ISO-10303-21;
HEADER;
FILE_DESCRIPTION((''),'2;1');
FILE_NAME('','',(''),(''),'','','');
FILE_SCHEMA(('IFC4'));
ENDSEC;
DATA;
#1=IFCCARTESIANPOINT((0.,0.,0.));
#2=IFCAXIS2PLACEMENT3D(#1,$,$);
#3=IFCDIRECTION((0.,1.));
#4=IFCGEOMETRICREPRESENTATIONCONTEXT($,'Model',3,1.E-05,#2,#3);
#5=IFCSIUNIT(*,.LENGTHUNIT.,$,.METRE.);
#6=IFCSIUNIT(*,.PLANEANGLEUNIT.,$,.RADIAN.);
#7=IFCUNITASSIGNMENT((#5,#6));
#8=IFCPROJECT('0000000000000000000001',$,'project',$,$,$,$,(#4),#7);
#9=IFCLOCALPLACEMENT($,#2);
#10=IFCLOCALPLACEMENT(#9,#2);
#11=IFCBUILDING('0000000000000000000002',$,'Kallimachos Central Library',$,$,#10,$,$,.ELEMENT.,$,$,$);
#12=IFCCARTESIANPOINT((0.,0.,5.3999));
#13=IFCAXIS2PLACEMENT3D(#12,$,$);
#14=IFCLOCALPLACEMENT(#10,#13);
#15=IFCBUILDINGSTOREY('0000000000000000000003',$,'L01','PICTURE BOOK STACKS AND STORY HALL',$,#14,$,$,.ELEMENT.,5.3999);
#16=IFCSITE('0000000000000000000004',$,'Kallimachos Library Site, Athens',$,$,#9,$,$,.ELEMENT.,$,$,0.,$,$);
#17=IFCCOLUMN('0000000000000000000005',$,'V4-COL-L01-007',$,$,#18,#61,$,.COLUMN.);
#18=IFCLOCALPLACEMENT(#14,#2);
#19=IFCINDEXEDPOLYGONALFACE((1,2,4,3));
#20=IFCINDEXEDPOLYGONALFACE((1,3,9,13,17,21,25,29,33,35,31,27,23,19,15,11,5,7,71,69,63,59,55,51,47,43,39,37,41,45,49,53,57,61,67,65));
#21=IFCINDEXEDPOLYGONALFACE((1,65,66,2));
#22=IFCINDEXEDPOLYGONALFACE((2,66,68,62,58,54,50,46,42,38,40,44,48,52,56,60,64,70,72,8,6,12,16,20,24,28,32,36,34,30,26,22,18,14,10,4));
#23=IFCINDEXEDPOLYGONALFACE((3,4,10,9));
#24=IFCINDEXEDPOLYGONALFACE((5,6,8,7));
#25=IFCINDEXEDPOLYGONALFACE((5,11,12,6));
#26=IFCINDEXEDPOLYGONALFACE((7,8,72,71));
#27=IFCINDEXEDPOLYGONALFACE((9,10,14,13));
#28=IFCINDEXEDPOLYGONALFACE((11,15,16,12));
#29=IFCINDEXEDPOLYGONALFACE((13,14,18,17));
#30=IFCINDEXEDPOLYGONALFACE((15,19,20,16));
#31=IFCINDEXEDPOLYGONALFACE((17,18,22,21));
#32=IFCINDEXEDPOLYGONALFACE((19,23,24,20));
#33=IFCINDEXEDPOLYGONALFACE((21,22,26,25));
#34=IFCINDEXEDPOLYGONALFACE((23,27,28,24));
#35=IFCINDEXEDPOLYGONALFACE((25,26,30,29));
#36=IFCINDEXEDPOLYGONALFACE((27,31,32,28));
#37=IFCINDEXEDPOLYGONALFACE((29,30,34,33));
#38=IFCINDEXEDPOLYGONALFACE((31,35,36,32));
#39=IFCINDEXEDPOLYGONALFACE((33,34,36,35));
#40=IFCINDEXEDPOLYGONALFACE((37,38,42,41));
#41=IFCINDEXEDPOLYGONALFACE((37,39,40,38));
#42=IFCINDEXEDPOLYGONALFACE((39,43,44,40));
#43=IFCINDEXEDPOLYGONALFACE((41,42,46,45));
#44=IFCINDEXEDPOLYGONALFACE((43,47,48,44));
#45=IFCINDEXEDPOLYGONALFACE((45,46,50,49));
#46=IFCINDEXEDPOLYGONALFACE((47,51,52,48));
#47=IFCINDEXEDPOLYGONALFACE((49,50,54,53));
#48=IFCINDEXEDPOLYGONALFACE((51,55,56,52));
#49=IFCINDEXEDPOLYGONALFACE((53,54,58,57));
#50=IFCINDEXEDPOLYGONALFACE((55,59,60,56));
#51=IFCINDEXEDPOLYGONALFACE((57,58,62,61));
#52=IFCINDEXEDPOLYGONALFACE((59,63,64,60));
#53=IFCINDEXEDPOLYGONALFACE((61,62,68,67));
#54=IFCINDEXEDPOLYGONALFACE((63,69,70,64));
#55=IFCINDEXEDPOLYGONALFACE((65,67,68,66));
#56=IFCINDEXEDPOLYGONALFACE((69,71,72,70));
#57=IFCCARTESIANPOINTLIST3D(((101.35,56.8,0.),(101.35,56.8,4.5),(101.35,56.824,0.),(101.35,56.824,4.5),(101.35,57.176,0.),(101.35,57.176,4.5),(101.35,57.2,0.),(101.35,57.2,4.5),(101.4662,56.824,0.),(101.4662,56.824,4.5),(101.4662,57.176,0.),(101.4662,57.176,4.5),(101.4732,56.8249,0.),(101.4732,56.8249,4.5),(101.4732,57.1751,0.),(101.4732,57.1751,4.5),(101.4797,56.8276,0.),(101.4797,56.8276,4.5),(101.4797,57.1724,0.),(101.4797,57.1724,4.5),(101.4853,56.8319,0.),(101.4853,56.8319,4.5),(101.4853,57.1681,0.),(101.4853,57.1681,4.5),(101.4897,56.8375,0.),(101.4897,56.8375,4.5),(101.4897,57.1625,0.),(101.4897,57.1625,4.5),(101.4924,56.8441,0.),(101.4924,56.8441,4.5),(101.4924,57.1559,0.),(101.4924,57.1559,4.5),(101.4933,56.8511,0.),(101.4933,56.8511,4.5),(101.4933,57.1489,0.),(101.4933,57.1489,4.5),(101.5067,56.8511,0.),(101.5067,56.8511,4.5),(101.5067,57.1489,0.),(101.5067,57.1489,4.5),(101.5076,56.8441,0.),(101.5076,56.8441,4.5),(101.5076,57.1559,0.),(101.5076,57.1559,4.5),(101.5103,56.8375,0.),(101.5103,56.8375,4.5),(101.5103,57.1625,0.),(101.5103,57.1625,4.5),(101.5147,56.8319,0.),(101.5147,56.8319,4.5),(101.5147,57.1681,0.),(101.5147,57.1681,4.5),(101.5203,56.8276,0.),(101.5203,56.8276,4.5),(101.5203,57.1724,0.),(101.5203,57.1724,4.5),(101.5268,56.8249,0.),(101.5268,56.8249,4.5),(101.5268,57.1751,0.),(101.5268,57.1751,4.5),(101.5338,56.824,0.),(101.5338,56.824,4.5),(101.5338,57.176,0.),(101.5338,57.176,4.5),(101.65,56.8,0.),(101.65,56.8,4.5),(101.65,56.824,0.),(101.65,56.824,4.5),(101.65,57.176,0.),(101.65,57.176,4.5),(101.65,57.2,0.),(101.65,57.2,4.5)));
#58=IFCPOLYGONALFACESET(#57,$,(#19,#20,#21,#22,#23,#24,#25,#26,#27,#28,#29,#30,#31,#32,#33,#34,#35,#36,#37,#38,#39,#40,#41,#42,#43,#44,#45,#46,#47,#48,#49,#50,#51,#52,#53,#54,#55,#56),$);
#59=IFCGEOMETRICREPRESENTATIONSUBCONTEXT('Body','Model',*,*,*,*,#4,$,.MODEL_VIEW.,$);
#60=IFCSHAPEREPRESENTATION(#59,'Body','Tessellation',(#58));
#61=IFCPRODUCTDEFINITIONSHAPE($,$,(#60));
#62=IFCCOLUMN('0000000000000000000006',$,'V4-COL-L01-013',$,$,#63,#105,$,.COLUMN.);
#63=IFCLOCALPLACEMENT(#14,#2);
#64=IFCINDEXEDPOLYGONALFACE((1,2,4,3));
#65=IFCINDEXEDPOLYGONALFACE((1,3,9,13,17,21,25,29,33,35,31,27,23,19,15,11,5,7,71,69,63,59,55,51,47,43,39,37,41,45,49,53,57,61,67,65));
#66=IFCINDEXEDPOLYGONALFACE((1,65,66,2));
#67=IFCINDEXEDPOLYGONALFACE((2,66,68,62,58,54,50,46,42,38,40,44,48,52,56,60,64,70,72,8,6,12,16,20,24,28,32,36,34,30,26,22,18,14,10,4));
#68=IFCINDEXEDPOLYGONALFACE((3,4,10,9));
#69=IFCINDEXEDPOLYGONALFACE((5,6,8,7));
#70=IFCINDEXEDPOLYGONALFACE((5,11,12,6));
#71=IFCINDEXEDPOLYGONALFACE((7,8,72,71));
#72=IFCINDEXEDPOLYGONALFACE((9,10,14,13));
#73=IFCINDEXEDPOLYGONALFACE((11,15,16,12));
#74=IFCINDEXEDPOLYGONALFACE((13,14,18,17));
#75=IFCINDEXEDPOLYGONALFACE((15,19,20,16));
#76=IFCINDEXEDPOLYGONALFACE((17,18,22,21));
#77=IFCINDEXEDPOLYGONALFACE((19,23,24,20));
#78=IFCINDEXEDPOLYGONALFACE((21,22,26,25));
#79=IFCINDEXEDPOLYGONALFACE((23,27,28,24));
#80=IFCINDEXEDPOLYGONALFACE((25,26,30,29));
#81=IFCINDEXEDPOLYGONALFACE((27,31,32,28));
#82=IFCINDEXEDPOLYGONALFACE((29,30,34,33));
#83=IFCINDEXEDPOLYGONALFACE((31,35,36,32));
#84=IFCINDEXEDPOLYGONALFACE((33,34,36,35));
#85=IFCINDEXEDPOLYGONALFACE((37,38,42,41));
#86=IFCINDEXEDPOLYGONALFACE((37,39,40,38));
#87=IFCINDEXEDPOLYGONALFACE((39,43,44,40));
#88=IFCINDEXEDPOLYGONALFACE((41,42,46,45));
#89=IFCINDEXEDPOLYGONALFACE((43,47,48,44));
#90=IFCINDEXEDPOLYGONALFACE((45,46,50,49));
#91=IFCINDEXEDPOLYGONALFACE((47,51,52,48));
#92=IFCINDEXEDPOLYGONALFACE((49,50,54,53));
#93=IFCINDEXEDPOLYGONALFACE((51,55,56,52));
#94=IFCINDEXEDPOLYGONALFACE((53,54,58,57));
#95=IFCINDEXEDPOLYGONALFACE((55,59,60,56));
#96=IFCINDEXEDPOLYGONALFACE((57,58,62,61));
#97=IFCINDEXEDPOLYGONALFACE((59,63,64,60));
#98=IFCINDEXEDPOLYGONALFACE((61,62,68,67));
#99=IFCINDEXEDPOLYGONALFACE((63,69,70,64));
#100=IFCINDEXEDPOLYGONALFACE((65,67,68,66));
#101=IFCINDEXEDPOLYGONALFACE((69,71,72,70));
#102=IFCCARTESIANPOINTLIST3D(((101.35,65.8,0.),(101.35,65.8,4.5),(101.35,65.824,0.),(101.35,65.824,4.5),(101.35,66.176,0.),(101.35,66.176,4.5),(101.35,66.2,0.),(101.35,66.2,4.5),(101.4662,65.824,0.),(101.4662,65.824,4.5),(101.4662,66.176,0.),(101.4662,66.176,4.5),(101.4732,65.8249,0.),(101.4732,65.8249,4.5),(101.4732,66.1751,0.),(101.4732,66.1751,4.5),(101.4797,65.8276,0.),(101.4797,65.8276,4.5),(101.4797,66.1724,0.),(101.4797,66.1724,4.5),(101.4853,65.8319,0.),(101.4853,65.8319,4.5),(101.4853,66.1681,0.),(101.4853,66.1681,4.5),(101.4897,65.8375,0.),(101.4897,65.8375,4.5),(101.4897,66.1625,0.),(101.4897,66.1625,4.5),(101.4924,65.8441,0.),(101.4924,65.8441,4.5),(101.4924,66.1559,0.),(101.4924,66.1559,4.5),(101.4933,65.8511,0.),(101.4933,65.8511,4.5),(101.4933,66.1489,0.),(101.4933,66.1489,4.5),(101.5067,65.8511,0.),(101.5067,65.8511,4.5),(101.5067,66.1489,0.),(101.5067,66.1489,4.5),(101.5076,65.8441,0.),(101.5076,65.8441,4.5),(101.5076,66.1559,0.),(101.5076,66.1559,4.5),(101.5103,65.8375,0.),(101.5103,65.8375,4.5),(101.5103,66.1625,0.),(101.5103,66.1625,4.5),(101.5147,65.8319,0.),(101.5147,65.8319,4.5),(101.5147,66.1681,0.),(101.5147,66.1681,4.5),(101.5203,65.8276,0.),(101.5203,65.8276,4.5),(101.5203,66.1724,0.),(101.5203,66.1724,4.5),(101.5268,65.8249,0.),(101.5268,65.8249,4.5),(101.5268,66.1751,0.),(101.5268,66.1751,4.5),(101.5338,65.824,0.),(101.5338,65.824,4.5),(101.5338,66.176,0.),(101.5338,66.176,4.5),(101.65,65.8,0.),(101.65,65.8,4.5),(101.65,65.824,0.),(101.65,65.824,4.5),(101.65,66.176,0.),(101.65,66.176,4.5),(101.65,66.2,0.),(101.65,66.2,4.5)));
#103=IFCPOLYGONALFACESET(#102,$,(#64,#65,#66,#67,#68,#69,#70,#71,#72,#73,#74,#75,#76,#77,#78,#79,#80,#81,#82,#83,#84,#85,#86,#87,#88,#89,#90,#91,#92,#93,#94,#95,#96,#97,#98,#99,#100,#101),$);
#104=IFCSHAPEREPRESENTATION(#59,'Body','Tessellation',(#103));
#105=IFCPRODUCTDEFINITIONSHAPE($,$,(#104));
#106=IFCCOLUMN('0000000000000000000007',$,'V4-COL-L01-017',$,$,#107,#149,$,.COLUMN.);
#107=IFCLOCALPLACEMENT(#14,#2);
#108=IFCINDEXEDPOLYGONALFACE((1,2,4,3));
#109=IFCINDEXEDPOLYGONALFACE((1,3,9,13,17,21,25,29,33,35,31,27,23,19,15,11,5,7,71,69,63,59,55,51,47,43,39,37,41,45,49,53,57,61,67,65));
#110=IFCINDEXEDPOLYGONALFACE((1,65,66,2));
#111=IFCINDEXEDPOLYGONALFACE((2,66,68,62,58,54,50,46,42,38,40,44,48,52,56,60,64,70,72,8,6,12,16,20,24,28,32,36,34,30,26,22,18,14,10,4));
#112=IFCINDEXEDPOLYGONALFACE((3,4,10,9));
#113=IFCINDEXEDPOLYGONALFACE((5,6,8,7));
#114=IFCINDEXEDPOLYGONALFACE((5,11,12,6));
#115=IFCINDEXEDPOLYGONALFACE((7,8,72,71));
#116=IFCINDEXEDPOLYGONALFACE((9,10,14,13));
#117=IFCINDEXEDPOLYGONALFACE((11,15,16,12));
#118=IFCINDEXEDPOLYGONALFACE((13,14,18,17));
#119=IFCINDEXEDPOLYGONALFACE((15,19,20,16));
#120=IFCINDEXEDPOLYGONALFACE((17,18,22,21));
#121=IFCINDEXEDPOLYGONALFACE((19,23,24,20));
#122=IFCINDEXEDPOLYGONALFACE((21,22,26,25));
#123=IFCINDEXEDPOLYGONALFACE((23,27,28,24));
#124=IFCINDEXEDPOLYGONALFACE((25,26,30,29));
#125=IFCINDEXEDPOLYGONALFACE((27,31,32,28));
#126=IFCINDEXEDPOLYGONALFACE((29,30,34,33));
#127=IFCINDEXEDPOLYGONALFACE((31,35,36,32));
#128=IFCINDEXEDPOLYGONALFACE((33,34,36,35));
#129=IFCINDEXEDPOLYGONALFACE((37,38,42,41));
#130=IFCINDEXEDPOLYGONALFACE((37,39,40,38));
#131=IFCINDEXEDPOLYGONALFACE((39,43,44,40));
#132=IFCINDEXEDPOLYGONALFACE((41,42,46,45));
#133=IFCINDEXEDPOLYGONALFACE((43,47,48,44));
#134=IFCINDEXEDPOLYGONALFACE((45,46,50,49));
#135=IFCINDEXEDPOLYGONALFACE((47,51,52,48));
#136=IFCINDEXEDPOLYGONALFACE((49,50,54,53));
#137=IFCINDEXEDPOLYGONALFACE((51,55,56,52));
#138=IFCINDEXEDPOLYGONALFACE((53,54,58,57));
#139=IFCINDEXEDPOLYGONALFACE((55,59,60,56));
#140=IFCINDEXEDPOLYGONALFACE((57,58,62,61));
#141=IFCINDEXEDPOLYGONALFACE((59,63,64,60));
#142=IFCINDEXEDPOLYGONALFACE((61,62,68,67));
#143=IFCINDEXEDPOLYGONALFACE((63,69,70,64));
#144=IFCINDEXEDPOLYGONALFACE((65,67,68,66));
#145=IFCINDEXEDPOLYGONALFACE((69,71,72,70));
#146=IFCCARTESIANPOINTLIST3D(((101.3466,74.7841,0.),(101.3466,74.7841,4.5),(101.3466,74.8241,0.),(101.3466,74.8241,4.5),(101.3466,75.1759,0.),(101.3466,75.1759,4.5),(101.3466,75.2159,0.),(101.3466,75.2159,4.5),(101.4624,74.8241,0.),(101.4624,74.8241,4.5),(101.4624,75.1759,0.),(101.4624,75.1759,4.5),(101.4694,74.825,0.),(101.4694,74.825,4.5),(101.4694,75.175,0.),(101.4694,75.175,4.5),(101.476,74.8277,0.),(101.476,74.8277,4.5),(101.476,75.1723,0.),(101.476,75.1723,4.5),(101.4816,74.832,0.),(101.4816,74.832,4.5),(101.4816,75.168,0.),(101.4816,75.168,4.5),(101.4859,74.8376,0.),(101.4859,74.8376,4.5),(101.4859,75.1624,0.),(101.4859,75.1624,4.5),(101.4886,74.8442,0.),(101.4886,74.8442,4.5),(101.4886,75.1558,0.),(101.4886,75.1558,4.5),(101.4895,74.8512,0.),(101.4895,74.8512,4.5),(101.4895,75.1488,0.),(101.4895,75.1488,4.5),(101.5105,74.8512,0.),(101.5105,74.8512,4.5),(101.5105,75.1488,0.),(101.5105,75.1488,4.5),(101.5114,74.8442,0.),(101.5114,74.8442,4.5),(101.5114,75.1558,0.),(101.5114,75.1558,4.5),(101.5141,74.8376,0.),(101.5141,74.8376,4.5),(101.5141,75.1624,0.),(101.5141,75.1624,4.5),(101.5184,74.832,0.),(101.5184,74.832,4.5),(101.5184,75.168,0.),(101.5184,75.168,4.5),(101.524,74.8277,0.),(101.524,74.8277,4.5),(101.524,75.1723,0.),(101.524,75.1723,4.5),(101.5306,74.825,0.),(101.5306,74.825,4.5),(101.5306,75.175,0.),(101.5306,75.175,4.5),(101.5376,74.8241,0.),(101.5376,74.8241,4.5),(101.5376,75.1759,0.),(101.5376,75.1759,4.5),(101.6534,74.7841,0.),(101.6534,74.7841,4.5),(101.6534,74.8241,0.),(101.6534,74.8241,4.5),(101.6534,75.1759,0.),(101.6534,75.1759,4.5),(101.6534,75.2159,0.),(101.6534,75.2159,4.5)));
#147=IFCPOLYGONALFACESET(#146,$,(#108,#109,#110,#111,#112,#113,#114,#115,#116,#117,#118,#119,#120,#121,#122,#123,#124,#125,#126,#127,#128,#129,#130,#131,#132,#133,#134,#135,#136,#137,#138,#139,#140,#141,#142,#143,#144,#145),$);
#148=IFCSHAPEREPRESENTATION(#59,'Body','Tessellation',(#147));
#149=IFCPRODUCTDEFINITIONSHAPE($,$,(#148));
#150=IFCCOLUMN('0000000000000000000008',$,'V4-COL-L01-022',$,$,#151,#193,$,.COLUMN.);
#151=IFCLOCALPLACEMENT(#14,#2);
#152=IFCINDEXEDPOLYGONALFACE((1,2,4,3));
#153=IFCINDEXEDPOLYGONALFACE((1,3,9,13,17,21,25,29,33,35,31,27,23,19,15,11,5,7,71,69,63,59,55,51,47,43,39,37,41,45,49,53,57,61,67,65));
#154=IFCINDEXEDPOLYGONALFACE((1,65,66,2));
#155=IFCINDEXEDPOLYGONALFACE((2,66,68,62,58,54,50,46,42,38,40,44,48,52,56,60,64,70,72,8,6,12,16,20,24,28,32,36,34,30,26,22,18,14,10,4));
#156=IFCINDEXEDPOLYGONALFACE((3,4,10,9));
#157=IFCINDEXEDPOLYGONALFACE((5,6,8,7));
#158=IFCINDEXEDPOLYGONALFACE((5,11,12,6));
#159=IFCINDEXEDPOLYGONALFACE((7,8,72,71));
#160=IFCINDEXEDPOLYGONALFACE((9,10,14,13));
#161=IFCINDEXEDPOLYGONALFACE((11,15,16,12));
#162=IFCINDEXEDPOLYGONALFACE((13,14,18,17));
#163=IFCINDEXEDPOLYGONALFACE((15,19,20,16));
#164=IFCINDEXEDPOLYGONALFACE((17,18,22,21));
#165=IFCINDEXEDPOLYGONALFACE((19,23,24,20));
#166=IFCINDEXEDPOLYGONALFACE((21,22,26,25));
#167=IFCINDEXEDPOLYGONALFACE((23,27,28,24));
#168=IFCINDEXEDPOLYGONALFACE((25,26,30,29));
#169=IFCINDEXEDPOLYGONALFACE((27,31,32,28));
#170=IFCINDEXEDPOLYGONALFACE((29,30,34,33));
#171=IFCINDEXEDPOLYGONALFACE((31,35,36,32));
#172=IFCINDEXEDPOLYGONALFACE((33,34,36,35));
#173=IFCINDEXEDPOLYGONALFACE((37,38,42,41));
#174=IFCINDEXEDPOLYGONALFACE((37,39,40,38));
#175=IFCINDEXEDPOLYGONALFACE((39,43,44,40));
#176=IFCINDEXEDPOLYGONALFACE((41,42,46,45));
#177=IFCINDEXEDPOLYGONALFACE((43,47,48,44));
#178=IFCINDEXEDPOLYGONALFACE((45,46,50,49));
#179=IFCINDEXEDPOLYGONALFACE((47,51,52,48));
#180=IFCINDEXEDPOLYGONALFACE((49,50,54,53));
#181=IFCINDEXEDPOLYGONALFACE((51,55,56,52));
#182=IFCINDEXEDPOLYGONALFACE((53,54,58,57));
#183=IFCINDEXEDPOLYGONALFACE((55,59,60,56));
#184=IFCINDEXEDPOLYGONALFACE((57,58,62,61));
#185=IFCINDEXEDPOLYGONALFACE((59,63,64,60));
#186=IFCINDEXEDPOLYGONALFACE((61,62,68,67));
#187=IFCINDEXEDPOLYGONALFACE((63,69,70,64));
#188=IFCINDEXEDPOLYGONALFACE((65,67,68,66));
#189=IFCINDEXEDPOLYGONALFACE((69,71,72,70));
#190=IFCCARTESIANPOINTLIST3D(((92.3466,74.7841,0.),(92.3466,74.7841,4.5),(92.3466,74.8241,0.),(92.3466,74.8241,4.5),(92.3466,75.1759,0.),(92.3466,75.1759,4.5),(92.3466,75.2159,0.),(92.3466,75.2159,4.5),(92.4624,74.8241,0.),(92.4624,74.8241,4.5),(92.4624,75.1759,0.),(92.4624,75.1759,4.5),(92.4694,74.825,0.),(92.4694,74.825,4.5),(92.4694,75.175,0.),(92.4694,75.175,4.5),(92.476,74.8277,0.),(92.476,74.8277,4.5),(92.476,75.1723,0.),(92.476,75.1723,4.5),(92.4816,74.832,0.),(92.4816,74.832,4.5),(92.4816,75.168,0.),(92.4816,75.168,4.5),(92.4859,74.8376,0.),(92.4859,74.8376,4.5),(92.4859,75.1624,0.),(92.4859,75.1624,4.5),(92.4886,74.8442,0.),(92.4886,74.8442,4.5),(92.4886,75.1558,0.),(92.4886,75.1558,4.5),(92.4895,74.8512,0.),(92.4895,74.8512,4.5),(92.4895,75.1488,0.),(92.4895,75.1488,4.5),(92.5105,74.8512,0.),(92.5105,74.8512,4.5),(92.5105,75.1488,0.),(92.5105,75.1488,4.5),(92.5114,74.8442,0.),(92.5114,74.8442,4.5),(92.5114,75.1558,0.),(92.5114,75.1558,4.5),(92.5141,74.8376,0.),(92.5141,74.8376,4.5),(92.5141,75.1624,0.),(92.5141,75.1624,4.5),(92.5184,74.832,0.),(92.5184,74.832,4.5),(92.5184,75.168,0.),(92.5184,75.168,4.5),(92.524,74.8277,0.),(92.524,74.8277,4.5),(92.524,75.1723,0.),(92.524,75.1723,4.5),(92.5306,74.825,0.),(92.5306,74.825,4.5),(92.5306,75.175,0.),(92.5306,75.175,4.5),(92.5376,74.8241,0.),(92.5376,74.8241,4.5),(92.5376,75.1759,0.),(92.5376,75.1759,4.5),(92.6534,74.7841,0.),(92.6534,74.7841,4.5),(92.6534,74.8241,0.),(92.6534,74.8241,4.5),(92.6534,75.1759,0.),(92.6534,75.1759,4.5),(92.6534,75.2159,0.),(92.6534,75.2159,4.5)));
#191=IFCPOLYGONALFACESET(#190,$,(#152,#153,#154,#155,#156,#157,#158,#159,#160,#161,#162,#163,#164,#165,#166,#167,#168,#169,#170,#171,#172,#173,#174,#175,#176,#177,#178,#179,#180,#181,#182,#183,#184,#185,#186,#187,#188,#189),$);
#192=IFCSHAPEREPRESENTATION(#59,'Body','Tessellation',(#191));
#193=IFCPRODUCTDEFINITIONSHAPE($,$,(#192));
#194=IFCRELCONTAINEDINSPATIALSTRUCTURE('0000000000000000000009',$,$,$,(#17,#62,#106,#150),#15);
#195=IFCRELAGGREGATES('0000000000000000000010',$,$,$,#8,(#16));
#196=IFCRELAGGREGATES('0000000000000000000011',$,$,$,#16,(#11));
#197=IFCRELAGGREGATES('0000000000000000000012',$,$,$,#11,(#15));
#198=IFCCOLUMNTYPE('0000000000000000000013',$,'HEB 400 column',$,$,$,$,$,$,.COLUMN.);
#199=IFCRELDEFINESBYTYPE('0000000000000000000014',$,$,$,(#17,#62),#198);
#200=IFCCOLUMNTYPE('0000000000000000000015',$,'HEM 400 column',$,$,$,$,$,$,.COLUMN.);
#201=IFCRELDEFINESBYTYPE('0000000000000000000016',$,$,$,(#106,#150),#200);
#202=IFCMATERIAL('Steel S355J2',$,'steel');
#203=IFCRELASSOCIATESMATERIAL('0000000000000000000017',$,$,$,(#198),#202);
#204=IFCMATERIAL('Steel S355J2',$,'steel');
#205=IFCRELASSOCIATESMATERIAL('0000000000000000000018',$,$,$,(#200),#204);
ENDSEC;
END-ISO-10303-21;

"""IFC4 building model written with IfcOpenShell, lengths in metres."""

from ifc_helpers import new_model, si_unit, direction, frame, origin, origin_2d, place, context, subcontext, project, spatial, i_section, extrude, material, material_profile, profile_set, type_object, element, save


model = new_model("IFC4")

# Units and contexts
model_context = context("Model", 3, precision=1e-05, world=origin(), true_north=direction((0.0, 1.0)))
body_context = subcontext(model_context, "Body", "Model", "MODEL_VIEW")
ifc_project = project(units=[si_unit("LENGTHUNIT", "METRE"), si_unit("PLANEANGLEUNIT", "RADIAN")], contexts=[model_context])

# Site, building, storey
site_placement = place(None, origin())
site = spatial("IfcSite", under=ifc_project, at=site_placement, Name="Kallimachos Library Site, Athens", CompositionType="ELEMENT", RefElevation=0.0)
building_placement = place(site_placement, origin())
building = spatial("IfcBuilding", under=site, at=building_placement, Name="Kallimachos Central Library", CompositionType="ELEMENT")
storey_placement = place(building_placement, frame((0.0, 0.0, 5.3999)))
storey = spatial("IfcBuildingStorey", under=building, at=storey_placement, Name="L01", Description="PICTURE BOOK STACKS AND STORY HALL", CompositionType="ELEMENT", Elevation=5.3999)

# Columns
ifc_material_1 = material(Name="Steel S355J2", Category="steel")
ifc_material_profile_1 = material_profile(ifc_material_1, i_section(OverallWidth=0.3, OverallDepth=0.3999, WebThickness=0.0134, FlangeThickness=0.0239, FilletRadius=0.0271, at=origin_2d()), Name="HEB 400")
ifc_profile_set_1 = profile_set([ifc_material_profile_1], Name="Steel S355J2")
column_type_1 = type_object("IfcColumnType", Name="HEB 400 column", PredefinedType="COLUMN", material=ifc_profile_set_1)
for number, where, z_axis, x_axis, name in (
    (1, (101.5, 57.0, 0.0), (0.0, 0.0, 1.0), (1.0, 0.0, 0.0), "V4-COL-L01-007"),
    (2, (101.5, 66.0, 0.0), (0.0, 0.0, 1.0), (1.0, 0.0, 0.0), "V4-COL-L01-013"),
):
    element("IfcColumn", number, at=place(storey_placement, frame(where, z_axis=z_axis, x_axis=x_axis)), inside=storey, type_object=column_type_1, Name=name, PredefinedType="COLUMN", context=body_context, shape_type="SweptSolid", body=[
        extrude(i_section(OverallWidth=0.3, OverallDepth=0.3999, WebThickness=0.0134, FlangeThickness=0.0239, FilletRadius=0.0271, at=origin_2d()), origin(), (0.0, 0.0, 1.0), 4.5),
    ])
ifc_material_2 = material(Name="Steel S355J2", Category="steel")
ifc_material_profile_2 = material_profile(ifc_material_2, i_section(OverallWidth=0.3069, OverallDepth=0.4319, WebThickness=0.021, FlangeThickness=0.04, FilletRadius=0.0271, at=origin_2d()), Name="HEM 400")
ifc_profile_set_2 = profile_set([ifc_material_profile_2], Name="Steel S355J2")
column_type_2 = type_object("IfcColumnType", Name="HEM 400 column", PredefinedType="COLUMN", material=ifc_profile_set_2)
for number, where, z_axis, x_axis, name in (
    (3, (101.5, 75.0, 0.0), (0.0, 0.0, 1.0), (1.0, 0.0, 0.0), "V4-COL-L01-017"),
    (4, (92.5, 75.0, 0.0), (0.0, 0.0, 1.0), (1.0, 0.0, 0.0), "V4-COL-L01-022"),
):
    element("IfcColumn", number, at=place(storey_placement, frame(where, z_axis=z_axis, x_axis=x_axis)), inside=storey, type_object=column_type_2, Name=name, PredefinedType="COLUMN", context=body_context, shape_type="SweptSolid", body=[
        extrude(i_section(OverallWidth=0.3069, OverallDepth=0.4319, WebThickness=0.021, FlangeThickness=0.04, FilletRadius=0.0271, at=origin_2d()), origin(), (0.0, 0.0, 1.0), 4.5),
    ])

save(model, "model.ifc")
